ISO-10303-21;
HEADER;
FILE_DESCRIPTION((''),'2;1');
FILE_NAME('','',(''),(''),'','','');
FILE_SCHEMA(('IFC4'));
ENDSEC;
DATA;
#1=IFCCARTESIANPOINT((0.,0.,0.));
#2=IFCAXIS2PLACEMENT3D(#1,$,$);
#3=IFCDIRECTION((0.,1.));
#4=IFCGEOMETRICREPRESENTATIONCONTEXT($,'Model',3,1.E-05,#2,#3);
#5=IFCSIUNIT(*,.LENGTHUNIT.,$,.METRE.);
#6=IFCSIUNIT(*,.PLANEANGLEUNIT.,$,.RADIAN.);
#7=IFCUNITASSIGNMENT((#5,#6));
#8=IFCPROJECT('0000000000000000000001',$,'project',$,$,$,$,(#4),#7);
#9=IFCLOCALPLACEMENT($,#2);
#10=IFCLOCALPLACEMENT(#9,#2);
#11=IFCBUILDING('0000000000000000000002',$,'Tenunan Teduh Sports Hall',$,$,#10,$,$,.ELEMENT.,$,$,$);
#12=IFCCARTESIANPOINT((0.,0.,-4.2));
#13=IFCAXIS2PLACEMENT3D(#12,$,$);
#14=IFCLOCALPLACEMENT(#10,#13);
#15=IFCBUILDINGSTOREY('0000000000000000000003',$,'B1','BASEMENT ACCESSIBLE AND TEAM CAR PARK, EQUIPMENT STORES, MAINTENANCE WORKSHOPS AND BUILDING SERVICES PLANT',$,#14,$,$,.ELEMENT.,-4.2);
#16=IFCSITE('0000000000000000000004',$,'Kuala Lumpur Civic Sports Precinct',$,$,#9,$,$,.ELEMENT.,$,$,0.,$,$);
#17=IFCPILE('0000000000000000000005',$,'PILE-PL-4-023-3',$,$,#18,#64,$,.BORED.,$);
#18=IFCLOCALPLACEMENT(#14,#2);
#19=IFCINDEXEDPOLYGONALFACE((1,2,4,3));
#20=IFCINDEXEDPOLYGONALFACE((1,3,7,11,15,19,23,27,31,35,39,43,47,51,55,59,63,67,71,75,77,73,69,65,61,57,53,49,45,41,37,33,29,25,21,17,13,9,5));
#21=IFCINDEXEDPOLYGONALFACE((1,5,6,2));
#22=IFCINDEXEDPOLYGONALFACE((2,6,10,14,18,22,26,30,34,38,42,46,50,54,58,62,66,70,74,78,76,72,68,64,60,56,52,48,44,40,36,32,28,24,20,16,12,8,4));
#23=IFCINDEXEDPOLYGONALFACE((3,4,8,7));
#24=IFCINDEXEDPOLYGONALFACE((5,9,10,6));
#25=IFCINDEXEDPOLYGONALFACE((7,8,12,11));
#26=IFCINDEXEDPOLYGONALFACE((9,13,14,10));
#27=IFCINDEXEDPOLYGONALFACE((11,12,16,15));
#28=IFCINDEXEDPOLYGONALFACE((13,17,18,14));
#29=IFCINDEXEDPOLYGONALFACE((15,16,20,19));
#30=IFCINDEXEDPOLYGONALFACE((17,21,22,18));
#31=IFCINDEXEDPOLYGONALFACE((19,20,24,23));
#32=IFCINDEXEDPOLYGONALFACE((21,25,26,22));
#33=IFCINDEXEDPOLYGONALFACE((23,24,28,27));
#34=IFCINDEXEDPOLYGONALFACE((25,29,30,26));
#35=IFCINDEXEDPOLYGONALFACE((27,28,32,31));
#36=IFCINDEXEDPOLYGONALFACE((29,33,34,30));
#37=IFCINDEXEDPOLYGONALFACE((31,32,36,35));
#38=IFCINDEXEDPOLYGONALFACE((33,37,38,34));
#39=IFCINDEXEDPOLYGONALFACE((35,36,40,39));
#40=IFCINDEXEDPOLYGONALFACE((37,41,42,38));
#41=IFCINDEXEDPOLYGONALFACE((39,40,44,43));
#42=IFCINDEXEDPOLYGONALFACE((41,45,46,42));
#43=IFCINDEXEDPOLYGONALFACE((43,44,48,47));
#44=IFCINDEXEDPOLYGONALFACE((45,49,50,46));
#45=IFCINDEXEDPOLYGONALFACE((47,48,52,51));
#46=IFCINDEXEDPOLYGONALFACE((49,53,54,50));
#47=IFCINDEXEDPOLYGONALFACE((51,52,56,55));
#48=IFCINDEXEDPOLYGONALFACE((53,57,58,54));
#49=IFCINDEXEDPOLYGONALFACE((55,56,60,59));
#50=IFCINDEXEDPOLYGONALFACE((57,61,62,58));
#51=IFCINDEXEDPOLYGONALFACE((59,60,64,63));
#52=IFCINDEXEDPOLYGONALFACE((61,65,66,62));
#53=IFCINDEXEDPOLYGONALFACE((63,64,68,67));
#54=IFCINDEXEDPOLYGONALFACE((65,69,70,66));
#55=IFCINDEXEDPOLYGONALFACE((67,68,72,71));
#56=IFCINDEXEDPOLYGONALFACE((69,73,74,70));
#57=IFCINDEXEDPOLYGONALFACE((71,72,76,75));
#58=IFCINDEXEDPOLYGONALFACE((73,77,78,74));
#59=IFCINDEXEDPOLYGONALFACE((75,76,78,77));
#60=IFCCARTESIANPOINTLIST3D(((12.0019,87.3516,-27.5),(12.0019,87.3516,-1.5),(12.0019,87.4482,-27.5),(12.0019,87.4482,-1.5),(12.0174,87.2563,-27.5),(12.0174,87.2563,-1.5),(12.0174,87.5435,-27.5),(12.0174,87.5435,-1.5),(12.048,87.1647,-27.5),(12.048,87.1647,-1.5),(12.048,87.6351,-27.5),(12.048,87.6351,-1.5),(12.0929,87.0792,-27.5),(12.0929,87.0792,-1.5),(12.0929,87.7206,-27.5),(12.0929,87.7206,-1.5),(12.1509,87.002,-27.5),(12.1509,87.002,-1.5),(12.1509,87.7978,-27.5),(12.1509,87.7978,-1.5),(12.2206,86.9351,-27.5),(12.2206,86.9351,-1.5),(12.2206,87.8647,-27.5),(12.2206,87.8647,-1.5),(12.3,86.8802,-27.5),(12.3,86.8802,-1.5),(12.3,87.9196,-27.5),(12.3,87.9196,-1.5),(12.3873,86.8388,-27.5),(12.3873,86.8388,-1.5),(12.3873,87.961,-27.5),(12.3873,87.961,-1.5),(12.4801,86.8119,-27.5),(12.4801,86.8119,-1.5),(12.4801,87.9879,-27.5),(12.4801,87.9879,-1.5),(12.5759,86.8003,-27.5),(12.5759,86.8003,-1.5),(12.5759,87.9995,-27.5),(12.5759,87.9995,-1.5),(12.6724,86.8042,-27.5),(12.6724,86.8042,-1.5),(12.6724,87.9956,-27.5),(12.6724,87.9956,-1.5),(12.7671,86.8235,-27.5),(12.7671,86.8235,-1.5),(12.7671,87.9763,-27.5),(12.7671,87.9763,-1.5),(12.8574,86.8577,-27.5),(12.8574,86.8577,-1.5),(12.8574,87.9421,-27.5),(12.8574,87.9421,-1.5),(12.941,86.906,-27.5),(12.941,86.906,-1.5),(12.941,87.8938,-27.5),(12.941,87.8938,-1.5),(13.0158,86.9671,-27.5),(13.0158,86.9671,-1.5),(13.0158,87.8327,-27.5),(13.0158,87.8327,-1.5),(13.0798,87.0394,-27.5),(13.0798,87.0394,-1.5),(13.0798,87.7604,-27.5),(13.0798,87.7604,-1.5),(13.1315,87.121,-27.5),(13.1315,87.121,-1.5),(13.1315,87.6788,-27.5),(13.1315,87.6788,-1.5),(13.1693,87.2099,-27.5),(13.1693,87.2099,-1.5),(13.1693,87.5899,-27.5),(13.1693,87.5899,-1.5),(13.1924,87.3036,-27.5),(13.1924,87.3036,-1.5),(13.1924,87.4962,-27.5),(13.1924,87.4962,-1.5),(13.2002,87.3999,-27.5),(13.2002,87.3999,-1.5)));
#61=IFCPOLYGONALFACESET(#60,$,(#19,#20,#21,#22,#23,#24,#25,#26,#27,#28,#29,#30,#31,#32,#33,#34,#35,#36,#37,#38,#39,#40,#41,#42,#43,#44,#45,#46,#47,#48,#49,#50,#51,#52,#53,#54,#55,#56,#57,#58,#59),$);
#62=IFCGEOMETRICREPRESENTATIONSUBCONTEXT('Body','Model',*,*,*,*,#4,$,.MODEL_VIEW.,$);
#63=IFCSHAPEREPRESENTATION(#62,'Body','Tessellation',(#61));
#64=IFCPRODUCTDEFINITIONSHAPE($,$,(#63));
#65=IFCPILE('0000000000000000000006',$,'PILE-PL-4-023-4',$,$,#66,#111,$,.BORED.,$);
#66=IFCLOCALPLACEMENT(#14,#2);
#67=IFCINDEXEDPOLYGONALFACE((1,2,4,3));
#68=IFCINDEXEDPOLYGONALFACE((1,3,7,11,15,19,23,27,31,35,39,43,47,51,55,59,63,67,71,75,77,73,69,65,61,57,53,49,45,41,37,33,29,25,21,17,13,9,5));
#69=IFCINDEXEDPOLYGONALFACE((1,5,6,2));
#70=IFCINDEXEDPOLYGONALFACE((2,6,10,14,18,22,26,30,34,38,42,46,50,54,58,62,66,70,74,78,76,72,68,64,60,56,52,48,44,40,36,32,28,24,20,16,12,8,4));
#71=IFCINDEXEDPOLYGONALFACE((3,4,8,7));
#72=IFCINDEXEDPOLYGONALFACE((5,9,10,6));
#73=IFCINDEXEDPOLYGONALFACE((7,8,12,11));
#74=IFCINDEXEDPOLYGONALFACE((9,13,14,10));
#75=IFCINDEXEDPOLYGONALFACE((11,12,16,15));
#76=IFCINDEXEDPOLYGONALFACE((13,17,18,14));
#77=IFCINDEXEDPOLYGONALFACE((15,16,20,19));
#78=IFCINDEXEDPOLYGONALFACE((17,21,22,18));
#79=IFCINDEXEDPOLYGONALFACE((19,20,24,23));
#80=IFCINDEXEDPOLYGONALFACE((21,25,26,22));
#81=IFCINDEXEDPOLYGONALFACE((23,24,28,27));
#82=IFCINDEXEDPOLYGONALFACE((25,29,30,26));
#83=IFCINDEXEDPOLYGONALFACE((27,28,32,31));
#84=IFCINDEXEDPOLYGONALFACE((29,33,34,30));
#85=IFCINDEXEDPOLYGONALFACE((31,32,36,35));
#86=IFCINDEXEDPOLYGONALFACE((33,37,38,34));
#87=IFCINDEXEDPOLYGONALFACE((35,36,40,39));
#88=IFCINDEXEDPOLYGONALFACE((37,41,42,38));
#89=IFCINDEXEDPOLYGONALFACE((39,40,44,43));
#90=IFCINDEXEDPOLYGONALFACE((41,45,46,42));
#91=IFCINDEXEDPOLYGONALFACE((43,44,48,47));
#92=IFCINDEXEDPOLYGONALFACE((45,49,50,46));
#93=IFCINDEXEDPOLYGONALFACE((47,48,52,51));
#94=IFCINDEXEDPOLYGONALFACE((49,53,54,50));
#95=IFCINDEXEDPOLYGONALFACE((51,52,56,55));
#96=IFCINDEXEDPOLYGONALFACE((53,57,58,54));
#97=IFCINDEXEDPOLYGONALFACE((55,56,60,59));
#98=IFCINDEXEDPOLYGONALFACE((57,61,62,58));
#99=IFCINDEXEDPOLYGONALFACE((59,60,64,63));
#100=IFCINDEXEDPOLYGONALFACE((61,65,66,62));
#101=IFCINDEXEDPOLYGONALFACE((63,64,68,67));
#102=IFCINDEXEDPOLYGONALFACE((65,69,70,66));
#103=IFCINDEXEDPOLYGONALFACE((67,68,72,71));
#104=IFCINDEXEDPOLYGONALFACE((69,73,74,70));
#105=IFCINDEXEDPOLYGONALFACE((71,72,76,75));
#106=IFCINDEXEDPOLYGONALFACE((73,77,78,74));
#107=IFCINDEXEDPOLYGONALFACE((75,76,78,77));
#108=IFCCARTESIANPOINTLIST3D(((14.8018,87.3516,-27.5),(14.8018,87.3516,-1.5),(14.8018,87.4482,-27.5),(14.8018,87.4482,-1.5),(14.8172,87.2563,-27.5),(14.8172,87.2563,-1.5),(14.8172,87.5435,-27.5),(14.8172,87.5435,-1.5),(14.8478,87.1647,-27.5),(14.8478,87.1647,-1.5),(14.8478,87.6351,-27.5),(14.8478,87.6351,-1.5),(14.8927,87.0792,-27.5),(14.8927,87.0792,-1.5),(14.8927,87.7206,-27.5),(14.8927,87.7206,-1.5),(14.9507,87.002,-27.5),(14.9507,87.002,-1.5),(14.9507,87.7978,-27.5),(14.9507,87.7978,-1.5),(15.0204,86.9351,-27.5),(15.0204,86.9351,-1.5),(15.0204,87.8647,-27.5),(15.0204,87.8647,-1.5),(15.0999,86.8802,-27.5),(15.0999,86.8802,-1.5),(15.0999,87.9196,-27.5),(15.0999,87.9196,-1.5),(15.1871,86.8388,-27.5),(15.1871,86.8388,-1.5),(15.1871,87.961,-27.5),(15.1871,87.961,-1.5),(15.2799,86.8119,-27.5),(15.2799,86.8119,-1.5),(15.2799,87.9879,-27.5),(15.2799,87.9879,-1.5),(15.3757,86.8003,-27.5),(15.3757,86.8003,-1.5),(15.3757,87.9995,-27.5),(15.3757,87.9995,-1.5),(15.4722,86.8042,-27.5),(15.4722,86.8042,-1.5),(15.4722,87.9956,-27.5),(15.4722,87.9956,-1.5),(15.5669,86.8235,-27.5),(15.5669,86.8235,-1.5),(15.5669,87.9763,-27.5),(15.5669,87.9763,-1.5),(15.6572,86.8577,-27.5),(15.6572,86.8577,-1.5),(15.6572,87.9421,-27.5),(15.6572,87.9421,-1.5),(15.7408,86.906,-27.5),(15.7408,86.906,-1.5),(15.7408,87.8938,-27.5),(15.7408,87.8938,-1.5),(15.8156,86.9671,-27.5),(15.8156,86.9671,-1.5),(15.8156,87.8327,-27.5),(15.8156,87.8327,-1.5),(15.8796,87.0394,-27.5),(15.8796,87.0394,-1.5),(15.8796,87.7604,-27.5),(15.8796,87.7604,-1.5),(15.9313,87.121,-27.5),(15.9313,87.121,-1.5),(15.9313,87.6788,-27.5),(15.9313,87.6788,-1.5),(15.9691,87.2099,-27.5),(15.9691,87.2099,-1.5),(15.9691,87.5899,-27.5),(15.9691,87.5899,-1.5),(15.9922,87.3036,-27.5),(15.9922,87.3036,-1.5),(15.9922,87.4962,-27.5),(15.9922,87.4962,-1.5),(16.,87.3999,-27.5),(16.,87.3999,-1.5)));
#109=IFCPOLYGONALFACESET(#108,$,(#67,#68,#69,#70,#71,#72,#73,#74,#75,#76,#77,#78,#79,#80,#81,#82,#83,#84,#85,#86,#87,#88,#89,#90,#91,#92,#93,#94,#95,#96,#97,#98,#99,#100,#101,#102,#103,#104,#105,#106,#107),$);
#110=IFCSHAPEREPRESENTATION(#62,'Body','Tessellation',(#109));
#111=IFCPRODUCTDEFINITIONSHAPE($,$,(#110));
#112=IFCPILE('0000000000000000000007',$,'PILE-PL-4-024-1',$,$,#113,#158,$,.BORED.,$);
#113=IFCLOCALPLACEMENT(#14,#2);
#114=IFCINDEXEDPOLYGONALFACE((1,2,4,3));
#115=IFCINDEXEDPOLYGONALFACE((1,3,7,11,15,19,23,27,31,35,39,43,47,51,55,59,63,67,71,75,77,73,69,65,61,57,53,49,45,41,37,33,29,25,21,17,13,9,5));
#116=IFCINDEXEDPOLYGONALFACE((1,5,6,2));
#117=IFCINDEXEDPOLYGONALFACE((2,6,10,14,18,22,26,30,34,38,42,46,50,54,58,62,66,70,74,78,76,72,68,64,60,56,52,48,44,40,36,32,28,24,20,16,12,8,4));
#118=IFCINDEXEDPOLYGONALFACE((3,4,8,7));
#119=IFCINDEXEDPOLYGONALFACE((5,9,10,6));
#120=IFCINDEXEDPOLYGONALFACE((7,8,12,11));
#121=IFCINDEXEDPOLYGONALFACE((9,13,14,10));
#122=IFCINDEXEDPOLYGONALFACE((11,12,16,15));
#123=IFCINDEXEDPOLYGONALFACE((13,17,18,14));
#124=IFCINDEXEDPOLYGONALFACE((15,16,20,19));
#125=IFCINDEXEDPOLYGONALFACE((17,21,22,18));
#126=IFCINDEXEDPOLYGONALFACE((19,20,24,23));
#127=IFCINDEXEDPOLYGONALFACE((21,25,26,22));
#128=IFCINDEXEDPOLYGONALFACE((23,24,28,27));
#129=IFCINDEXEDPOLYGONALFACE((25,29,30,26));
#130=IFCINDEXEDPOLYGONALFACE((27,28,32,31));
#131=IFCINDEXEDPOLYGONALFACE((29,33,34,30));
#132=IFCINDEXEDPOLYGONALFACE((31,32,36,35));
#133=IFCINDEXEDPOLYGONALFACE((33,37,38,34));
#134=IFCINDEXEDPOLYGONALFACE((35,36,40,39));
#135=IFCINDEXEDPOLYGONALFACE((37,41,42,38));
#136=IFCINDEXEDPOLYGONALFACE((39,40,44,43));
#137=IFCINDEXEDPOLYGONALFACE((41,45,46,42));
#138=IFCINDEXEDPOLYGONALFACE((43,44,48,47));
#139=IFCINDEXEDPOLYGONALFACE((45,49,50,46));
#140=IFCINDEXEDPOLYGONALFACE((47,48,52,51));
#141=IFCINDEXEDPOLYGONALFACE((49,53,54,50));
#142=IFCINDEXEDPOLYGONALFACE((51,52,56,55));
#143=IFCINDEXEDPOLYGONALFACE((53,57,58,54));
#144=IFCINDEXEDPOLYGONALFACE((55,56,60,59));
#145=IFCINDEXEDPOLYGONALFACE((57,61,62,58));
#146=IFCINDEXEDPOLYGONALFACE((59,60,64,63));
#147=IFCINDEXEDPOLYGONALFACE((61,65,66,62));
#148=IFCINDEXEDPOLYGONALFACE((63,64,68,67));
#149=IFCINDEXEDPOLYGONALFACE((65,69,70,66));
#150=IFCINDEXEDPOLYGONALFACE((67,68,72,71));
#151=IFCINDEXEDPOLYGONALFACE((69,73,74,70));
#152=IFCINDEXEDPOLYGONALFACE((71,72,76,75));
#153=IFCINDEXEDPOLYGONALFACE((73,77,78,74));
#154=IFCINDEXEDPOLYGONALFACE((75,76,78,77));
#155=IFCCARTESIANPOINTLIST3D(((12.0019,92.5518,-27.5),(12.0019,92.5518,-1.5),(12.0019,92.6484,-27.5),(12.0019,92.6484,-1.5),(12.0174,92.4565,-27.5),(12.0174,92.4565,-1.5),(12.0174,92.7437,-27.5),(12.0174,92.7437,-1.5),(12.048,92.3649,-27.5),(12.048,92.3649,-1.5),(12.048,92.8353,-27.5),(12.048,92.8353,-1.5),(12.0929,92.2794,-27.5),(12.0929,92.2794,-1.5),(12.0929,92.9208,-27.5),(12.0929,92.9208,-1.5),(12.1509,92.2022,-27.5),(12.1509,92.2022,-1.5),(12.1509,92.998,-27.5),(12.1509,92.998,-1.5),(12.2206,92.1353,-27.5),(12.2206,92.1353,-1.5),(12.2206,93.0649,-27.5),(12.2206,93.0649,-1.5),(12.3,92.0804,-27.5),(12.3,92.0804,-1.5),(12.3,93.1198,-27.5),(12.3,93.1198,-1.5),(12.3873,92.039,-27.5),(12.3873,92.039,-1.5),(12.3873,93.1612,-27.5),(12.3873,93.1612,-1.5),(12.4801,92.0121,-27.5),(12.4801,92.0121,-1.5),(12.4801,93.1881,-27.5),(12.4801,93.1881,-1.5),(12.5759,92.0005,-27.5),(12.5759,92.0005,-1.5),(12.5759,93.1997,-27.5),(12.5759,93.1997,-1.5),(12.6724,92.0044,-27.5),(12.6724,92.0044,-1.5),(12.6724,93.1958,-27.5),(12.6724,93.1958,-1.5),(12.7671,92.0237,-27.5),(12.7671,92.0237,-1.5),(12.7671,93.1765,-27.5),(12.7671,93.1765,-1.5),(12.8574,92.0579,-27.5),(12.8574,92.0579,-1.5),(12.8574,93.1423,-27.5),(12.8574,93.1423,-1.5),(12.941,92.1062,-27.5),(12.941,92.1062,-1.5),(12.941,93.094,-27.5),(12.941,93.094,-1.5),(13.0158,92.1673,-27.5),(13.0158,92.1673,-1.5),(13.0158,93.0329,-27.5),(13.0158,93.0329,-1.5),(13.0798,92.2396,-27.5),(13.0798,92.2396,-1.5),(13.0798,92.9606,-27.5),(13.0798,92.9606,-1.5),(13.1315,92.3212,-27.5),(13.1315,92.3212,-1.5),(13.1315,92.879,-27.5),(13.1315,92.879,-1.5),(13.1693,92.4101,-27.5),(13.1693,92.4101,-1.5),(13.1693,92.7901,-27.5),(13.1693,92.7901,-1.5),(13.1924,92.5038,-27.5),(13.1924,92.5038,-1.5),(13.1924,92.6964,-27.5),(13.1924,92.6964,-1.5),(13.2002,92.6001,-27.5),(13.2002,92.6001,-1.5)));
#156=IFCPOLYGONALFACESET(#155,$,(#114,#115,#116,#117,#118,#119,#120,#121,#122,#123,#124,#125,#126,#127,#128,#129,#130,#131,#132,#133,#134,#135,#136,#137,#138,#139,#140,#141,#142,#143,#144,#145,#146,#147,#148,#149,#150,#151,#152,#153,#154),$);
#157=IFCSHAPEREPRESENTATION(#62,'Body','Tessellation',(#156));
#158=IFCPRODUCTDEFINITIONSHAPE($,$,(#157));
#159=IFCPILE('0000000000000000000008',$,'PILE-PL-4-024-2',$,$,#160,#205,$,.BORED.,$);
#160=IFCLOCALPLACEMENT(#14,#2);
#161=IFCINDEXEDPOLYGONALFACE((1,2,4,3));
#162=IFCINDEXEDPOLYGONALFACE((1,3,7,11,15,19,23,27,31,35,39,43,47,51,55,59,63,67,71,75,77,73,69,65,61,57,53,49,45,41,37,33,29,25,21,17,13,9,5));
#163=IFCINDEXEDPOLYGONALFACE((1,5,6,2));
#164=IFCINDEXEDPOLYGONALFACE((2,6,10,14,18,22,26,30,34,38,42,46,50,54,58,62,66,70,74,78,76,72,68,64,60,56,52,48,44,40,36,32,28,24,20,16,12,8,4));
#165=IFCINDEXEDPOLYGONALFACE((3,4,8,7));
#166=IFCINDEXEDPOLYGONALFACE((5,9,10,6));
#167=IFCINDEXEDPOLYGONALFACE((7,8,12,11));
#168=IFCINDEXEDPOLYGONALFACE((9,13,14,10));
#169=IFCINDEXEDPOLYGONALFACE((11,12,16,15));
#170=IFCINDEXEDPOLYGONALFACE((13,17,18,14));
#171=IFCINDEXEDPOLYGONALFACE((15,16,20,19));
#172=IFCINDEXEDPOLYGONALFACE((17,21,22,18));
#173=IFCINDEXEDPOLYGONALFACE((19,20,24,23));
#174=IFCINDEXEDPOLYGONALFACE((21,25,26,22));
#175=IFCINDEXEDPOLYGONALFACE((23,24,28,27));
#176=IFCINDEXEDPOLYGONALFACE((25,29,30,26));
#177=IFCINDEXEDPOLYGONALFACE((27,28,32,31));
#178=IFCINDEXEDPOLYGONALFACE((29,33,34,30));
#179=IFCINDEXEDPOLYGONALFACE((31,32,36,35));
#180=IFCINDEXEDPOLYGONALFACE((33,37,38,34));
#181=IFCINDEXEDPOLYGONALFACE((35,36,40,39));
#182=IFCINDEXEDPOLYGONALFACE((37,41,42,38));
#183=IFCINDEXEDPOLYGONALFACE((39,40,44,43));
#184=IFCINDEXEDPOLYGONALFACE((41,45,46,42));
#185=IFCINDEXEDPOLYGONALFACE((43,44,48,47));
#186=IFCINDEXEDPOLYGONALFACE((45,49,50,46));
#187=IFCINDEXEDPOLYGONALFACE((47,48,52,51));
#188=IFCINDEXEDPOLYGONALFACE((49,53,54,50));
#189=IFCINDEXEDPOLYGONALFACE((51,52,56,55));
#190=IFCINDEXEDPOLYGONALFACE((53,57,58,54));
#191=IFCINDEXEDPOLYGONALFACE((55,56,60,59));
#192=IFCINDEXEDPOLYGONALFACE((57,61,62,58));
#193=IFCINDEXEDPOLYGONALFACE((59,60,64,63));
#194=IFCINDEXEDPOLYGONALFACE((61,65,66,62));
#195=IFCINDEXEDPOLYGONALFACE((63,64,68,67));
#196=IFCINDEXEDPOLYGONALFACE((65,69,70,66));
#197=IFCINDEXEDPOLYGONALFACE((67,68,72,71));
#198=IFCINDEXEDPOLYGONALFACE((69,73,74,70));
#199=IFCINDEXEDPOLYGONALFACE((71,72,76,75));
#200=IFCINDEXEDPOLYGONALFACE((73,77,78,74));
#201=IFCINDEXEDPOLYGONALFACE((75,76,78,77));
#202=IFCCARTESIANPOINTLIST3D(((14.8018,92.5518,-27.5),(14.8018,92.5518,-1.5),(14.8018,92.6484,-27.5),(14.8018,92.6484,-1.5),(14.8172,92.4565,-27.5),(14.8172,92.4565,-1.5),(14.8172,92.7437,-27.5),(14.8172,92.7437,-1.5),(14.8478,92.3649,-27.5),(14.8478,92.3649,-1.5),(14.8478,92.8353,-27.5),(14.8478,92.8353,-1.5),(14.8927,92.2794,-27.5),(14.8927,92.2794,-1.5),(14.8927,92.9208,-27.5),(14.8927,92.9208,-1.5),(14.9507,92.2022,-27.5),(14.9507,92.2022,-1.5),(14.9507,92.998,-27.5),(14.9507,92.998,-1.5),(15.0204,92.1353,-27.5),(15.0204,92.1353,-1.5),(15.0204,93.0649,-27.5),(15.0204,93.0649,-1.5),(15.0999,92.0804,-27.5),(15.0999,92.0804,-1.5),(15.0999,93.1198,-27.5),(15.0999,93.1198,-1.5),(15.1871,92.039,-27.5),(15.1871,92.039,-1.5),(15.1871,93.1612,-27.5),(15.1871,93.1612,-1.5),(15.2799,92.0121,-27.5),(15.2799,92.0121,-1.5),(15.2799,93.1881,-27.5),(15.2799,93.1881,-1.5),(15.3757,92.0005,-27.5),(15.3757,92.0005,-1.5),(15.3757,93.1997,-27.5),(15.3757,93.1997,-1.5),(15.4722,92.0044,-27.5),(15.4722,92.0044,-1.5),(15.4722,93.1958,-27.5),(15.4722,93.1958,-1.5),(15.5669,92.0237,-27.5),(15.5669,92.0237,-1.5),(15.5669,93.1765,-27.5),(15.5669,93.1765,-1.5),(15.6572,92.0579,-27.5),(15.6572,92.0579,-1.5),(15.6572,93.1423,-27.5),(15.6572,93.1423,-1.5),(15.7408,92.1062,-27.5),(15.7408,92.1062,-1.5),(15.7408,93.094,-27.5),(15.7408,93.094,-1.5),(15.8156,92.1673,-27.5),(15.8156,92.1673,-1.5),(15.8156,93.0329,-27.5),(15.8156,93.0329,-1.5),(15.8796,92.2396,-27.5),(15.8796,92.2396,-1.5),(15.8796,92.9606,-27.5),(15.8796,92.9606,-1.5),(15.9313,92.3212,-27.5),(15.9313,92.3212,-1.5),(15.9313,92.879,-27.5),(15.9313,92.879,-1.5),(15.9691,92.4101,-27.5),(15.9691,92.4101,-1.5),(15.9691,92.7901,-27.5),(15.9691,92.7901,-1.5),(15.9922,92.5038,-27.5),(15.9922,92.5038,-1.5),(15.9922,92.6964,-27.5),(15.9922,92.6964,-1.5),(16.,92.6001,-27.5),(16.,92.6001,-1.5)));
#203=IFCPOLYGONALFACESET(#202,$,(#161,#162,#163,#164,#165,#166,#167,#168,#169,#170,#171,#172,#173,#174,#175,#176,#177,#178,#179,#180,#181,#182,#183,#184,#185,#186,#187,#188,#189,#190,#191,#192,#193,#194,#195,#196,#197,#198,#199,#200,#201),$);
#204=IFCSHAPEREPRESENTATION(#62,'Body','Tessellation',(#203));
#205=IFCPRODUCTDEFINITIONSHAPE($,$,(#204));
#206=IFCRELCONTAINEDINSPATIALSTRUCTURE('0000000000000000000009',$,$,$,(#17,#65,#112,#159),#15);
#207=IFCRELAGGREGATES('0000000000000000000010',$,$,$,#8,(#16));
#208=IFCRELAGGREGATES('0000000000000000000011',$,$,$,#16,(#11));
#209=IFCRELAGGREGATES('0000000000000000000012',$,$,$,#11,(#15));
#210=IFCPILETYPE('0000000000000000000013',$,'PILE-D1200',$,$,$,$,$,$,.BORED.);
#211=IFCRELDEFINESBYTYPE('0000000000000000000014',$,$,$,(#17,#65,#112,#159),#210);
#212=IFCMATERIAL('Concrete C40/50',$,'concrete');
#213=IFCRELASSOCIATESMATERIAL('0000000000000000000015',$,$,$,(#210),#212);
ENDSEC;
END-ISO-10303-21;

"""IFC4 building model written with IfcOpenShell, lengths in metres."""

from ifc_helpers import new_model, si_unit, direction, frame, origin, origin_2d, place, context, subcontext, project, spatial, circle, extrude, material, material_profile, profile_set, type_object, element, save


model = new_model("IFC4")

# Units and contexts
model_context = context("Model", 3, precision=1e-05, world=origin(), true_north=direction((0.0, 1.0)))
body_context = subcontext(model_context, "Body", "Model", "MODEL_VIEW")
ifc_project = project(units=[si_unit("LENGTHUNIT", "METRE"), si_unit("PLANEANGLEUNIT", "RADIAN")], contexts=[model_context])

# Site, building, storey
site_placement = place(None, origin())
site = spatial("IfcSite", under=ifc_project, at=site_placement, Name="Kuala Lumpur Civic Sports Precinct", CompositionType="ELEMENT", RefElevation=0.0)
building_placement = place(site_placement, origin())
building = spatial("IfcBuilding", under=site, at=building_placement, Name="Tenunan Teduh Sports Hall", CompositionType="ELEMENT")
storey_placement = place(building_placement, frame((0.0, 0.0, -4.2)))
storey = spatial("IfcBuildingStorey", under=building, at=storey_placement, Name="B1", Description="BASEMENT ACCESSIBLE AND TEAM CAR PARK, EQUIPMENT STORES, MAINTENANCE WORKSHOPS AND BUILDING SERVICES PLANT", CompositionType="ELEMENT", Elevation=-4.2)

# Piles
ifc_material_1 = material(Name="Concrete C40/50", Category="concrete")
ifc_material_profile_1 = material_profile(ifc_material_1, circle(Radius=0.6001, at=origin_2d()), Name="PILE D1200")
ifc_profile_set_1 = profile_set([ifc_material_profile_1], Name="Concrete C40/50")
pile_type = type_object("IfcPileType", Name="PILE-D1200", PredefinedType="BORED", material=ifc_profile_set_1)
for number, where, z_axis, x_axis, name in (
    (1, (12.6001, 87.3999, -1.5), (0.0, 0.0, -1.0), (1.0, 0.0, 0.0), "PILE-PL-4-023-3"),
    (2, (15.3999, 87.3999, -1.5), (0.0, 0.0, -1.0), (1.0, 0.0, 0.0), "PILE-PL-4-023-4"),
    (3, (12.6001, 92.6001, -1.5), (0.0, 0.0, -1.0), (1.0, 0.0, 0.0), "PILE-PL-4-024-1"),
    (4, (15.3999, 92.6001, -1.5), (0.0, 0.0, -1.0), (1.0, 0.0, 0.0), "PILE-PL-4-024-2"),
):
    element("IfcPile", number, at=place(storey_placement, frame(where, z_axis=z_axis, x_axis=x_axis)), inside=storey, type_object=pile_type, Name=name, PredefinedType="BORED", context=body_context, shape_type="SweptSolid", body=[
        extrude(circle(Radius=0.6001, at=origin_2d()), origin(), (0.0, 0.0, 1.0), 26.0),
    ])

save(model, "model.ifc")
